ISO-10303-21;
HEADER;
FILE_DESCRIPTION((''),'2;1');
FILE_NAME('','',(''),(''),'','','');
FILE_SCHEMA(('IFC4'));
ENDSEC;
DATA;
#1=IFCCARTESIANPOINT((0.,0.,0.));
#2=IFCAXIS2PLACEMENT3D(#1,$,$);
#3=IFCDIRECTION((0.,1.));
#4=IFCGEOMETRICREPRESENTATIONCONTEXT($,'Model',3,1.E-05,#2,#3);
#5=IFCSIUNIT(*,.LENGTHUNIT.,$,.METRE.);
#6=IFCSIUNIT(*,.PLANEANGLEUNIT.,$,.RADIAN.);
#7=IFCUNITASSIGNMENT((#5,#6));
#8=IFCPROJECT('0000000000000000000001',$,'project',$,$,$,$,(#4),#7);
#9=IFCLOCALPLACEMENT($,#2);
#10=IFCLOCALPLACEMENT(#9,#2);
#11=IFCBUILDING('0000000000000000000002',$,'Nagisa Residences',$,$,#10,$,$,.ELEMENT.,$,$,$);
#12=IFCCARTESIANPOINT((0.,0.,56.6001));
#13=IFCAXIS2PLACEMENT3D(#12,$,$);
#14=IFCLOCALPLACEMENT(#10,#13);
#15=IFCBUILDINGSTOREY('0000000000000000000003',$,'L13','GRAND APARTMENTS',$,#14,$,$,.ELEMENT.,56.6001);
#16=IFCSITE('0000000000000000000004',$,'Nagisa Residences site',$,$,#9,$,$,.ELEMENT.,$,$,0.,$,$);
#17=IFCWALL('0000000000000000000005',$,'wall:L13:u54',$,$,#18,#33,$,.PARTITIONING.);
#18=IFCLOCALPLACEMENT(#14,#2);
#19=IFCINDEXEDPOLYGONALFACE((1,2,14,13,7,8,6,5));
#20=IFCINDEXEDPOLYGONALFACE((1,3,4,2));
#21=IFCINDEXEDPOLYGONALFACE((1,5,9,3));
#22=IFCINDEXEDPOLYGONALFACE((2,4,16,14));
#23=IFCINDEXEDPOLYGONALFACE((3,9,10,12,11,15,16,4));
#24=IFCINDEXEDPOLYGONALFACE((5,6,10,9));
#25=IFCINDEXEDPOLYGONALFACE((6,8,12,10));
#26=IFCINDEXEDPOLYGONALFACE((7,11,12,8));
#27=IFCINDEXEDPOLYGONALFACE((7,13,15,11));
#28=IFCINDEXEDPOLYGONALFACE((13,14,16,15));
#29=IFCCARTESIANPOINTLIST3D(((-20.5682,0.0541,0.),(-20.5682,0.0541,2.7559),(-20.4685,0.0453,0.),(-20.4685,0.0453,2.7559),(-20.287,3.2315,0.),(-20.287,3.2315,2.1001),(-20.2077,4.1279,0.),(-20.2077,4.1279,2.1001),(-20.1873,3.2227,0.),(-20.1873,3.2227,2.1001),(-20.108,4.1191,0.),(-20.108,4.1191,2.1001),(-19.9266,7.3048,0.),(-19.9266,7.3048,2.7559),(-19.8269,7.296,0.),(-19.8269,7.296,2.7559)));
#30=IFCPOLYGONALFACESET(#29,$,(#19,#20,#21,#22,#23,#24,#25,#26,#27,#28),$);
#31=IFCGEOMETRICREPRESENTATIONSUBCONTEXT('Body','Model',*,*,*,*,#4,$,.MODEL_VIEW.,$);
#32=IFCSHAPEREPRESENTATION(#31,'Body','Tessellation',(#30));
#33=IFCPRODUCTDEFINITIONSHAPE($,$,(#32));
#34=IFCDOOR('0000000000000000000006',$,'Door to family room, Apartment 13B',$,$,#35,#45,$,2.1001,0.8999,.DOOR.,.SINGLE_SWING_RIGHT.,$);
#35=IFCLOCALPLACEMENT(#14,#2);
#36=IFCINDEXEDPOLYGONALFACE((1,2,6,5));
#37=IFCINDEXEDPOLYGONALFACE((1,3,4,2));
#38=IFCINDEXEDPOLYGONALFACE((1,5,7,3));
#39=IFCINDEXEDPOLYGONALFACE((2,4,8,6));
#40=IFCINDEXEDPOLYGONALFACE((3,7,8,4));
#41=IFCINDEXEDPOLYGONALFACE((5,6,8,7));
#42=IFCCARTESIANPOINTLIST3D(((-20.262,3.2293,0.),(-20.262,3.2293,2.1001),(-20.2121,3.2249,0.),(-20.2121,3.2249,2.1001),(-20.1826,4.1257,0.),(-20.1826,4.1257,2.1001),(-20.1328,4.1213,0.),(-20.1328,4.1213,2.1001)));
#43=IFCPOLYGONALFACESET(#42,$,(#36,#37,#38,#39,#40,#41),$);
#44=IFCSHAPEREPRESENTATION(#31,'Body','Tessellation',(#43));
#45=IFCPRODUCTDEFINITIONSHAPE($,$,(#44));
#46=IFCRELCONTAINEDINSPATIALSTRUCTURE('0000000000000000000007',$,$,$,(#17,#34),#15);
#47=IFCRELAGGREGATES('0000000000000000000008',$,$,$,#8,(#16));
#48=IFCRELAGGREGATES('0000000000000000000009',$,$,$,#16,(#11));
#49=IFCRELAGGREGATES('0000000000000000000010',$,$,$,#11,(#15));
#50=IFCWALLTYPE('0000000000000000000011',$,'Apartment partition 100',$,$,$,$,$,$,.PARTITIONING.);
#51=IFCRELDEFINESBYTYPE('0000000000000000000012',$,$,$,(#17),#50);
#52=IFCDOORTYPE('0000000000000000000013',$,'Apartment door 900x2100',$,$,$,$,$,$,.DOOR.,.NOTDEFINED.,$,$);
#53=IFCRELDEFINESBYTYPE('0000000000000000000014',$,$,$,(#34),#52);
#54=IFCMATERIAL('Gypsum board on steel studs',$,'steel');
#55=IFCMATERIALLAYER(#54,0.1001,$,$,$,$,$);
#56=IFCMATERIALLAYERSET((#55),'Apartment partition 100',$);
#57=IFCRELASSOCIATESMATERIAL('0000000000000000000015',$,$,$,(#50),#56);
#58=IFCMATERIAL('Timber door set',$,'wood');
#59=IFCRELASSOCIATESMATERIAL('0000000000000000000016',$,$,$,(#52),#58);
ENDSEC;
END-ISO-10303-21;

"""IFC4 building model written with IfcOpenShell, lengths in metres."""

from ifc_helpers import new_model, si_unit, direction, frame, frame_2d, origin, place, context, subcontext, project, spatial, rectangle, extrude, material, layer, layer_set, type_object, element, fill, save


model = new_model("IFC4")

# Units and contexts
model_context = context("Model", 3, precision=1e-05, world=origin(), true_north=direction((0.0, 1.0)))
body_context = subcontext(model_context, "Body", "Model", "MODEL_VIEW")
ifc_project = project(units=[si_unit("LENGTHUNIT", "METRE"), si_unit("PLANEANGLEUNIT", "RADIAN")], contexts=[model_context])

# Site, building, storey
site_placement = place(None, origin())
site = spatial("IfcSite", under=ifc_project, at=site_placement, Name="Nagisa Residences site", CompositionType="ELEMENT", RefElevation=0.0)
building_placement = place(site_placement, origin())
building = spatial("IfcBuilding", under=site, at=building_placement, Name="Nagisa Residences", CompositionType="ELEMENT")
storey_placement = place(building_placement, frame((0.0, 0.0, 56.6001)))
storey = spatial("IfcBuildingStorey", under=building, at=storey_placement, Name="L13", Description="GRAND APARTMENTS", CompositionType="ELEMENT", Elevation=56.6001)

# Shared definitions
ifc_material_1 = material(Name="Gypsum board on steel studs", Category="steel")
ifc_layer_1 = layer(ifc_material_1, 0.1001)
ifc_layer_set_1 = layer_set([ifc_layer_1], Name="Apartment partition 100")
wall_type_1 = type_object("IfcWallType", Name="Apartment partition 100", PredefinedType="PARTITIONING", material=ifc_layer_set_1)

# Wall, opening, door
wall_1_placement = place(storey_placement, frame((-19.8767, 7.3005, 0.0), z_axis=(0.0, 0.0, 1.0), x_axis=(-0.088143, -0.996108, 0.0)))
wall_1 = element("IfcWall", 1, at=wall_1_placement, inside=storey, type_object=wall_type_1, Name="wall:L13:u54", PredefinedType="PARTITIONING", context=body_context, shape_type="SweptSolid", body=[
    extrude(rectangle(XDim=7.2791, YDim=0.1001, at=frame_2d((3.6396, 0.0))), origin(), (0.0, 0.0, 1.0), 2.7559),
])
opening_1_placement = place(wall_1_placement, frame((3.1895, 0.0, 0.0)))
opening_1 = element("IfcOpeningElement", 2, at=opening_1_placement, cuts=wall_1, PredefinedType="OPENING", context=body_context, shape_type="SweptSolid", body=[
    extrude(rectangle(XDim=0.8999, YDim=2.1001, at=frame_2d((0.45, 1.05))), frame((0.0, 0.0601, 0.0), z_axis=(0.0, -1.0, 0.0), x_axis=(1.0, 0.0, 0.0)), (0.0, 0.0, 1.0), 0.1201),
])
ifc_material_2 = material(Name="Timber door set", Category="wood")
door_type_1 = type_object("IfcDoorType", Name="Apartment door 900x2100", OperationType="NOTDEFINED", PredefinedType="DOOR", material=ifc_material_2)
door_1_placement = place(opening_1_placement, frame((0.8999, 0.0, 0.0), x_axis=(-1.0, 0.0, 0.0)))
door_1 = element("IfcDoor", 3, at=door_1_placement, inside=storey, type_object=door_type_1, Name="Door to family room, Apartment 13B", OperationType="SINGLE_SWING_RIGHT", OverallHeight=2.1001, OverallWidth=0.8999, PredefinedType="DOOR", context=body_context, shape_type="SweptSolid", body=[
    extrude(rectangle(XDim=0.8999, YDim=2.1001, at=frame_2d((0.45, 1.05))), frame((0.0, 0.0249, 0.0), z_axis=(0.0, -1.0, 0.0), x_axis=(1.0, 0.0, 0.0)), (0.0, 0.0, 1.0), 0.05),
])
fill(opening_1, door_1)

save(model, "model.ifc")
